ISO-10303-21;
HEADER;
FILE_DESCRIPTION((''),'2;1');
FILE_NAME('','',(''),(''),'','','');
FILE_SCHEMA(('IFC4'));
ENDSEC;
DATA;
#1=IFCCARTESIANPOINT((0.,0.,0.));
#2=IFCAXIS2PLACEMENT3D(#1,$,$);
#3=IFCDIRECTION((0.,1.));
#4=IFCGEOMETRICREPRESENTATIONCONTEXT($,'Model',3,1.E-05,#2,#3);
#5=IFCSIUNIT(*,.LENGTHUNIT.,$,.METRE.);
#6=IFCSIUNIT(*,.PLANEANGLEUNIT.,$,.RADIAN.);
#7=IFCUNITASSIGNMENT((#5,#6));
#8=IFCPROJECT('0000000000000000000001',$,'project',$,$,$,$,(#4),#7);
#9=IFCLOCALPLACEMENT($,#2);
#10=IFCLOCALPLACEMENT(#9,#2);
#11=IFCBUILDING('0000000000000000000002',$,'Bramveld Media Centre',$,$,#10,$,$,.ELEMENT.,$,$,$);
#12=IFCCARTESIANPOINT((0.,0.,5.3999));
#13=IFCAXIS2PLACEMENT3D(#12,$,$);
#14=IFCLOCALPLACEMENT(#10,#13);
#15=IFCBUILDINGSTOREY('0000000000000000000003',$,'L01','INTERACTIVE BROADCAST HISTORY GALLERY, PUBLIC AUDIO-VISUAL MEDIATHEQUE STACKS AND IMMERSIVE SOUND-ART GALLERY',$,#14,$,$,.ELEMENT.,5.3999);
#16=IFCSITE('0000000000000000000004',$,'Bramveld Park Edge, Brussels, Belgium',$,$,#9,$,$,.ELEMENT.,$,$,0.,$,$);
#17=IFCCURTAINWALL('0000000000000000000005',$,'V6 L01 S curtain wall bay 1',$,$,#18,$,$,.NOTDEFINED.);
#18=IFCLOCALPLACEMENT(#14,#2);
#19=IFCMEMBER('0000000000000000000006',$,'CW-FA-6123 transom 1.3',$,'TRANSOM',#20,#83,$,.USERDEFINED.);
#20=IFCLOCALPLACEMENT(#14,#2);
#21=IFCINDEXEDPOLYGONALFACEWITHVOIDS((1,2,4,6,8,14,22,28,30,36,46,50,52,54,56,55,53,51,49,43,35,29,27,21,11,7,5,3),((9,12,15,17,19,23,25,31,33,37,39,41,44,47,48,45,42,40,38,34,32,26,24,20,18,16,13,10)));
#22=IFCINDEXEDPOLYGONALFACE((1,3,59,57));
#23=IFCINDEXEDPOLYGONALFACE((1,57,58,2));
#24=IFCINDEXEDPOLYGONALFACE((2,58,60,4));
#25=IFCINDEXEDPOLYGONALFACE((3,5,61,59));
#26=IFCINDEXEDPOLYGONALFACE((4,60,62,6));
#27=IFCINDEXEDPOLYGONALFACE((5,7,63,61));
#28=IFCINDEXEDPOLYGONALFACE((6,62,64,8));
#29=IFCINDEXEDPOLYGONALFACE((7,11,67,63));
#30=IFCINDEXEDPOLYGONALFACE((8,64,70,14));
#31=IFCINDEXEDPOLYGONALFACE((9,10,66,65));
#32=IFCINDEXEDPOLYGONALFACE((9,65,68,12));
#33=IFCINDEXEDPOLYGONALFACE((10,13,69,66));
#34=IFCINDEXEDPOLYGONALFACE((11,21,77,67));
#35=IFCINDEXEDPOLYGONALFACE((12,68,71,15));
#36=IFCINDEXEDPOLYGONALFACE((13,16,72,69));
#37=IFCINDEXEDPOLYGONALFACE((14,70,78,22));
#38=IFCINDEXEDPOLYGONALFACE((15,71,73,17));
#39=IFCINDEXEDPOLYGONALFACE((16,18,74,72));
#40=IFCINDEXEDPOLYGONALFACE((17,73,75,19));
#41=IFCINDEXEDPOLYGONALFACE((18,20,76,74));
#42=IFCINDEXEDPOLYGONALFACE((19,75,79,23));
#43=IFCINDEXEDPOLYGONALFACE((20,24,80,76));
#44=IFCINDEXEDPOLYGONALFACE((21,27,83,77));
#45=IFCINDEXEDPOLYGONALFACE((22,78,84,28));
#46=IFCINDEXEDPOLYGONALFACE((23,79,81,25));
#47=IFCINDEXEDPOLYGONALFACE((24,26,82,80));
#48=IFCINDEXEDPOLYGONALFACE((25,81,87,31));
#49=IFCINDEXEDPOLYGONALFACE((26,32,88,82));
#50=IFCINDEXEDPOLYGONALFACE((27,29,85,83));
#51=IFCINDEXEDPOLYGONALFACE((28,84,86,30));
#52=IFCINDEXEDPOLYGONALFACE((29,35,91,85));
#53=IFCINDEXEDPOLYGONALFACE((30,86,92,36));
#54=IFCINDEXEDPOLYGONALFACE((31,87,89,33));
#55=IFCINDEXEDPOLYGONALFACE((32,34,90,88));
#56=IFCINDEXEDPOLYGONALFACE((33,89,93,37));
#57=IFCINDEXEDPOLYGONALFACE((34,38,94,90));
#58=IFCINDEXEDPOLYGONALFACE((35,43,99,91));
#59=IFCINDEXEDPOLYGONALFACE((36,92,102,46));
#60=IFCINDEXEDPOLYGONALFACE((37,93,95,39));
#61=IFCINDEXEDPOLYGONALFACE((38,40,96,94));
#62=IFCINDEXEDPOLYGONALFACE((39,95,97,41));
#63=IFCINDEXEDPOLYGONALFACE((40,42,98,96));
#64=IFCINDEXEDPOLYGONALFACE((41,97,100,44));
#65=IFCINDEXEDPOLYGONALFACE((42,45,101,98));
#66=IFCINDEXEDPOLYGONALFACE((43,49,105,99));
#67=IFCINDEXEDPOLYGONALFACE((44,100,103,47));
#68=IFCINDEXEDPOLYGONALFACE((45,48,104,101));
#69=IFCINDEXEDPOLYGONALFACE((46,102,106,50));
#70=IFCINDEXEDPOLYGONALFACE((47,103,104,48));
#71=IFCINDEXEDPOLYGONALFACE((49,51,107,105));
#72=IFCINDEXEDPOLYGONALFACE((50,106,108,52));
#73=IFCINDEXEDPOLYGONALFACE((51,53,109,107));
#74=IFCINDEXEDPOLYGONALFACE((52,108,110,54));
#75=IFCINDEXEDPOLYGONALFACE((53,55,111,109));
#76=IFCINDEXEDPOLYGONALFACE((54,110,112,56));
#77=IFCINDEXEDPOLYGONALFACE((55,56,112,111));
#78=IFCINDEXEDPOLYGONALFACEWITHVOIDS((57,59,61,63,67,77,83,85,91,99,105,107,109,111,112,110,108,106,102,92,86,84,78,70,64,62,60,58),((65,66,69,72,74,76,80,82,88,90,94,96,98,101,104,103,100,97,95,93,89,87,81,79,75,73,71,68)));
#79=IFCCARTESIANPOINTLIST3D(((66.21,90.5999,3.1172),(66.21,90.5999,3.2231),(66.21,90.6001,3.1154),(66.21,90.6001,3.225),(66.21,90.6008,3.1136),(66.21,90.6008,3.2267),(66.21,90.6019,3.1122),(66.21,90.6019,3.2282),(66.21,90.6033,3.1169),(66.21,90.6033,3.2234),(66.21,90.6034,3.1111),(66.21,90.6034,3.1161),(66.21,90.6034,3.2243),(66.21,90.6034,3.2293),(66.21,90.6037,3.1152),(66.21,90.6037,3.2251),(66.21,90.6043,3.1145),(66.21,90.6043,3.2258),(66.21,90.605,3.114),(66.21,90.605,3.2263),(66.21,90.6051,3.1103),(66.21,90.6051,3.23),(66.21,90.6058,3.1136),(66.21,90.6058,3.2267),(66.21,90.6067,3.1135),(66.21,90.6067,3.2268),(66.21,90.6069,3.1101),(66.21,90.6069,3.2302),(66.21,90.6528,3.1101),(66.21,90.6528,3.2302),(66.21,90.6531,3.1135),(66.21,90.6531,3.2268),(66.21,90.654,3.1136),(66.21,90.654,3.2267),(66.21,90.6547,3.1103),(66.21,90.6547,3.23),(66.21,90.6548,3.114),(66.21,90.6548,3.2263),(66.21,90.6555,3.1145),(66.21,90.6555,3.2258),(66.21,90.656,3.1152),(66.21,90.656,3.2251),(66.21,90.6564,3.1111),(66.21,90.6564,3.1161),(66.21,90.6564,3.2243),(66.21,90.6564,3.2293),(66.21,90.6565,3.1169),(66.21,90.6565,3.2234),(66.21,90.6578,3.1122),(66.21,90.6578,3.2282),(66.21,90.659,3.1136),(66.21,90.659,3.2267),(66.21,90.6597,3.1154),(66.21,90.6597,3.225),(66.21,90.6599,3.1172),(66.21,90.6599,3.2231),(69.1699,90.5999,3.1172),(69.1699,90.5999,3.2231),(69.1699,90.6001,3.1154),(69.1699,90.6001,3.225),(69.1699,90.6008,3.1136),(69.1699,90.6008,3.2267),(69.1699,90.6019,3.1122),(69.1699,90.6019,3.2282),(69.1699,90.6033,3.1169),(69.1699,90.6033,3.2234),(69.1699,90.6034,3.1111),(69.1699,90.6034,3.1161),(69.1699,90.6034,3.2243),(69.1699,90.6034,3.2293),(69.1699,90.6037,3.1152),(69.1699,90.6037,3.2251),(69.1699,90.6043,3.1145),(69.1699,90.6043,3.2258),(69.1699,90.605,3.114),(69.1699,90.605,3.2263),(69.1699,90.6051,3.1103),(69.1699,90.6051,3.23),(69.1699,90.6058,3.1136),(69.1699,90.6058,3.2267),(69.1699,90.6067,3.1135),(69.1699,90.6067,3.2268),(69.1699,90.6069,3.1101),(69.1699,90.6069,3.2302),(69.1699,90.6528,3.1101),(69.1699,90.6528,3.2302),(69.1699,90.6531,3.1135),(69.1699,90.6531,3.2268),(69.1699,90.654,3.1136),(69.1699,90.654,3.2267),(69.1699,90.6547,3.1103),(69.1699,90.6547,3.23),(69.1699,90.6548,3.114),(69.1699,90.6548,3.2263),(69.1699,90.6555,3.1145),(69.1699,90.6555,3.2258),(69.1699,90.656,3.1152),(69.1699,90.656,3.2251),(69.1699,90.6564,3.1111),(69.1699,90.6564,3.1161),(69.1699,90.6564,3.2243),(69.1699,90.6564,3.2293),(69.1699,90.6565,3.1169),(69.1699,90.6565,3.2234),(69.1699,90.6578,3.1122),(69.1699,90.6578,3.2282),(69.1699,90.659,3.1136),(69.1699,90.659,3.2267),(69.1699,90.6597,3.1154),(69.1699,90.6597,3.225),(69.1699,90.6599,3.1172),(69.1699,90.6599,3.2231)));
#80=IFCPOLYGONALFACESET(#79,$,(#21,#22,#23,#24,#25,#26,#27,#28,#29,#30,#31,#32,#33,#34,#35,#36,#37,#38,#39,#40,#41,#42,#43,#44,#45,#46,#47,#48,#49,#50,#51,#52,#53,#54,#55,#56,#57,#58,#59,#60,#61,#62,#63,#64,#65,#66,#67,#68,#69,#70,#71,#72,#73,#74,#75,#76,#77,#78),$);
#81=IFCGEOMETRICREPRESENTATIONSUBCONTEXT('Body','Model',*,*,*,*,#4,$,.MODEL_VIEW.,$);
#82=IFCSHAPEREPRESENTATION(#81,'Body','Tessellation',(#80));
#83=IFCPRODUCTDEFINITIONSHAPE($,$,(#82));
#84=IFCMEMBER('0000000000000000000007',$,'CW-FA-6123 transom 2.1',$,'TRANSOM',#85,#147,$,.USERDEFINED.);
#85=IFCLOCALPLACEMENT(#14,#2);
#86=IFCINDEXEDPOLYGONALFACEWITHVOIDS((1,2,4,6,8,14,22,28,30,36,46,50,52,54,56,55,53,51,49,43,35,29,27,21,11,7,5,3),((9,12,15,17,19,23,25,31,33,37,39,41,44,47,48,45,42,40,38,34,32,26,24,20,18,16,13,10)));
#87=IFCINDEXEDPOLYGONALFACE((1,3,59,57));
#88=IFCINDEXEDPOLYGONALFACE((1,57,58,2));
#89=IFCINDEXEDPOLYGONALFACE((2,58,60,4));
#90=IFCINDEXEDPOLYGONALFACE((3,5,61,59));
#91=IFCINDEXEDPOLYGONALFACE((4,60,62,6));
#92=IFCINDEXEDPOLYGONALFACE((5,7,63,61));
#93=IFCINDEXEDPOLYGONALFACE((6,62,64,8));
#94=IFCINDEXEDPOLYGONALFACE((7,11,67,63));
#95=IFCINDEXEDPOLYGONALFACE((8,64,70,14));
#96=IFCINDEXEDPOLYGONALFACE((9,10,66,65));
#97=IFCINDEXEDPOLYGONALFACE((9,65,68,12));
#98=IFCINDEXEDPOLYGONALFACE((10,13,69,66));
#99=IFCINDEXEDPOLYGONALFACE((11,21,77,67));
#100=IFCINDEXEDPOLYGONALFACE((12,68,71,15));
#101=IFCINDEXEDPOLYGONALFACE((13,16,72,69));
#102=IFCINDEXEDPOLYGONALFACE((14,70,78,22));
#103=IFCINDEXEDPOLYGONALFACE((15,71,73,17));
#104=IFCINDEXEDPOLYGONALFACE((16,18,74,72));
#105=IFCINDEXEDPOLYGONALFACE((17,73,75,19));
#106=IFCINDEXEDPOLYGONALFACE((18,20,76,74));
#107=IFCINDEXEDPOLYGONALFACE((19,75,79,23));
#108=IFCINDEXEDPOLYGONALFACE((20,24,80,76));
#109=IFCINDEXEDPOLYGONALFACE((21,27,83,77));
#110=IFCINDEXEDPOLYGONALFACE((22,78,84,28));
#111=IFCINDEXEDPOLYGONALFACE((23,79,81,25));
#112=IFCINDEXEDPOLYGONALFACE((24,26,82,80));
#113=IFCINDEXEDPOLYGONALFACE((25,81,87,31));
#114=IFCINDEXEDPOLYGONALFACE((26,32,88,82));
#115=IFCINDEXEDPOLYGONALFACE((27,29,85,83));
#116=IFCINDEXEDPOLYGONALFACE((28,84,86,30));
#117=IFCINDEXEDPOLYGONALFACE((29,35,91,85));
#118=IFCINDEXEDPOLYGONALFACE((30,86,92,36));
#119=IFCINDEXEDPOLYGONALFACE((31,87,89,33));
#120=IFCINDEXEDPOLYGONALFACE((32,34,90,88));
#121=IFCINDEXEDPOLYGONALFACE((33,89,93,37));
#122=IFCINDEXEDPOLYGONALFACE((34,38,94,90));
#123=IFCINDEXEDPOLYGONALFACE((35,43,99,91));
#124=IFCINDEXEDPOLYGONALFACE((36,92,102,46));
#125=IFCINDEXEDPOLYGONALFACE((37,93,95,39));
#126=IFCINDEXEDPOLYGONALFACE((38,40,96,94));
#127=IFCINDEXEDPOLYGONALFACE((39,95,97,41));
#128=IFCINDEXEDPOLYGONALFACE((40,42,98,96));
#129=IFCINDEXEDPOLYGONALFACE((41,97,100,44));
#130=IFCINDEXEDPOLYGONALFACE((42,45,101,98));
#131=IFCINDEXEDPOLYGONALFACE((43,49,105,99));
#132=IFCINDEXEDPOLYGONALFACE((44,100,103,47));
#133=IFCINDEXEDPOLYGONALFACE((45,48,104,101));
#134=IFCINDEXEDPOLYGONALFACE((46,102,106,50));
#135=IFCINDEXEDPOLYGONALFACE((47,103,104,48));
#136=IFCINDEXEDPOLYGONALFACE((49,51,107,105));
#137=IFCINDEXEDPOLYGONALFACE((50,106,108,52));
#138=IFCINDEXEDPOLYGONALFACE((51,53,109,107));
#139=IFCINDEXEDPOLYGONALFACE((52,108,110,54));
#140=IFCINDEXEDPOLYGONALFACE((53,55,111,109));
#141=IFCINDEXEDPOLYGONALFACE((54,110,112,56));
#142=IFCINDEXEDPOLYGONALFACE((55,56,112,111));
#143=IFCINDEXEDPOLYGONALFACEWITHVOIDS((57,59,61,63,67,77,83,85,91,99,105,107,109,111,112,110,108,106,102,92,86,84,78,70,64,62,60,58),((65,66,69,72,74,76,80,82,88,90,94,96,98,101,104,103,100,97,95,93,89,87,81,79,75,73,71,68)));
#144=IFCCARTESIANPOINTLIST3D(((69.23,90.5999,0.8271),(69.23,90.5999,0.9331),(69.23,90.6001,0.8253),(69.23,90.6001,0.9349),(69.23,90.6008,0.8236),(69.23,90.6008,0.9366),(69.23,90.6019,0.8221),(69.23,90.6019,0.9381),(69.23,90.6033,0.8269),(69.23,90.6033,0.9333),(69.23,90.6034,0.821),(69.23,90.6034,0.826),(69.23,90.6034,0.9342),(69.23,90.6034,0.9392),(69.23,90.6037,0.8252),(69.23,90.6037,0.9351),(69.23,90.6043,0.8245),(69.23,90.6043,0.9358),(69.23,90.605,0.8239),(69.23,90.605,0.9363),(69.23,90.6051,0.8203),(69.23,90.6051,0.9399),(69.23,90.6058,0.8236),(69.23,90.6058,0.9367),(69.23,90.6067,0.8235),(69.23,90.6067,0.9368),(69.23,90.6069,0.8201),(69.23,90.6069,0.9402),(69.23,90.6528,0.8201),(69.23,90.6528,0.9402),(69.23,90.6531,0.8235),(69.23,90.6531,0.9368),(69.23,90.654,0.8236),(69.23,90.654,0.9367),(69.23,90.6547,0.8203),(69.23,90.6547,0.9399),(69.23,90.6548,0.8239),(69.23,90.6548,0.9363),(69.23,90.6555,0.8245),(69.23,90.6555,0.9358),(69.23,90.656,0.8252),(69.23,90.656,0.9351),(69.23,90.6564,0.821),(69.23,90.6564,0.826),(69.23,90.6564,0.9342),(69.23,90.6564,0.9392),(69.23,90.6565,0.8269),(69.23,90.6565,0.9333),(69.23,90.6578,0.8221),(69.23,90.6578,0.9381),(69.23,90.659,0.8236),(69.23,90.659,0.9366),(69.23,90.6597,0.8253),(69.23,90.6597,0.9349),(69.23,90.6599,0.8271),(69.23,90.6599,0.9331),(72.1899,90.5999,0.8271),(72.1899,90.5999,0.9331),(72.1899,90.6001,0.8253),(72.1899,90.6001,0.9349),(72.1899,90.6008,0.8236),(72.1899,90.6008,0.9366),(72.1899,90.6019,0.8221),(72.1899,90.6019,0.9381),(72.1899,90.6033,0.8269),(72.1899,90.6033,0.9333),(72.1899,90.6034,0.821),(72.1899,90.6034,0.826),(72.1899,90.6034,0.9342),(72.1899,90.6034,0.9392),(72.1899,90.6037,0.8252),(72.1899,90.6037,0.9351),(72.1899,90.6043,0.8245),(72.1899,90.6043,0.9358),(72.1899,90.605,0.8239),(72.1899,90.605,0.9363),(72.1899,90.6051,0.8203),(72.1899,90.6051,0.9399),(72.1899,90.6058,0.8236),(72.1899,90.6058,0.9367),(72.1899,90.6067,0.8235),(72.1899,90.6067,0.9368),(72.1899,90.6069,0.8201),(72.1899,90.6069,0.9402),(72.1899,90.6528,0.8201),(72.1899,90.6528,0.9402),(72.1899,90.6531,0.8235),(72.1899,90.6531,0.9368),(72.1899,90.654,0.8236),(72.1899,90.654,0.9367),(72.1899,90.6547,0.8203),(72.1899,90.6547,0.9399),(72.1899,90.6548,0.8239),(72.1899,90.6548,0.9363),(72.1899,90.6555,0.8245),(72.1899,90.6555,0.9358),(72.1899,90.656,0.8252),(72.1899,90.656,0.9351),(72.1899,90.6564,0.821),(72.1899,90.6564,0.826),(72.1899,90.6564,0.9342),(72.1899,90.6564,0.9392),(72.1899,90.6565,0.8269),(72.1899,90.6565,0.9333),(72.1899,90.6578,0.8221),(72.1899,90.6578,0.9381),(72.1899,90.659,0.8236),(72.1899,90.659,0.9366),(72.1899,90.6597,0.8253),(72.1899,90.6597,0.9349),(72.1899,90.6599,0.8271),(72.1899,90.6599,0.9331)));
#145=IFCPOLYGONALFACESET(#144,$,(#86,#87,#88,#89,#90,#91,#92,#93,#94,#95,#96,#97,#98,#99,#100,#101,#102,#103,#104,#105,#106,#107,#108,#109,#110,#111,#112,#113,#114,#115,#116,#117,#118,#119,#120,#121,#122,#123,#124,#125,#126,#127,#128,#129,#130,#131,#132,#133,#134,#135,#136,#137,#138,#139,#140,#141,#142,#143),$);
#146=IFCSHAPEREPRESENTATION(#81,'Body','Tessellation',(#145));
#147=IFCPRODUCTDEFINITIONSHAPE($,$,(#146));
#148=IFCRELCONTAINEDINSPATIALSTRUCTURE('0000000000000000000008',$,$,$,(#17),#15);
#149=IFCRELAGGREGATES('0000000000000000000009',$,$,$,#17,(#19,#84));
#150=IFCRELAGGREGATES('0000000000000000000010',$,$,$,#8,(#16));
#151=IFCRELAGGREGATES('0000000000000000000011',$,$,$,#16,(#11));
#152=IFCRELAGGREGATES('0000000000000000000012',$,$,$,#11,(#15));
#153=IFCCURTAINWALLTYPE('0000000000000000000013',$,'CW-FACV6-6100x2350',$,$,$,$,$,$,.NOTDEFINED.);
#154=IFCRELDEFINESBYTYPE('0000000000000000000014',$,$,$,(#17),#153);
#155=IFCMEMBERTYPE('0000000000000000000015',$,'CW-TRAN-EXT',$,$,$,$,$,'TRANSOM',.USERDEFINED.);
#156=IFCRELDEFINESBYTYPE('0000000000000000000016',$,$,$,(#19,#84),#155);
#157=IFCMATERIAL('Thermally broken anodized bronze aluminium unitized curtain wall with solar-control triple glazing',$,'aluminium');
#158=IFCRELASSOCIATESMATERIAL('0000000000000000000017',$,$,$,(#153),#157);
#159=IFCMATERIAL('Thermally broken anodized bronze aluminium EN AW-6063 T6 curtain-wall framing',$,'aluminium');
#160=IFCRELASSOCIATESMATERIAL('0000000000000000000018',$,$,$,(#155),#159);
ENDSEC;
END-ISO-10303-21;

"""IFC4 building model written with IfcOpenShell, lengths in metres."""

from ifc_helpers import new_model, si_unit, direction, frame, origin, origin_2d, place, context, subcontext, project, spatial, hollow_rectangle, extrude, material, material_profile, profile_set, type_object, element, aggregate, save


model = new_model("IFC4")

# Units and contexts
model_context = context("Model", 3, precision=1e-05, world=origin(), true_north=direction((0.0, 1.0)))
body_context = subcontext(model_context, "Body", "Model", "MODEL_VIEW")
ifc_project = project(units=[si_unit("LENGTHUNIT", "METRE"), si_unit("PLANEANGLEUNIT", "RADIAN")], contexts=[model_context])

# Site, building, storey
site_placement = place(None, origin())
site = spatial("IfcSite", under=ifc_project, at=site_placement, Name="Bramveld Park Edge, Brussels, Belgium", CompositionType="ELEMENT", RefElevation=0.0)
building_placement = place(site_placement, origin())
building = spatial("IfcBuilding", under=site, at=building_placement, Name="Bramveld Media Centre", CompositionType="ELEMENT")
storey_placement = place(building_placement, frame((0.0, 0.0, 5.3999)))
storey = spatial("IfcBuildingStorey", under=building, at=storey_placement, Name="L01", Description="INTERACTIVE BROADCAST HISTORY GALLERY, PUBLIC AUDIO-VISUAL MEDIATHEQUE STACKS AND IMMERSIVE SOUND-ART GALLERY", CompositionType="ELEMENT", Elevation=5.3999)

# Curtain wall, members
ifc_material_1 = material(Name="Thermally broken anodized bronze aluminium unitized curtain wall with solar-control triple glazing", Category="aluminium")
curtain_wall_type = type_object("IfcCurtainWallType", Name="CW-FACV6-6100x2350", PredefinedType="NOTDEFINED", material=ifc_material_1)
curtain_wall_placement = place(storey_placement, origin())
curtain_wall = element("IfcCurtainWall", 1, at=curtain_wall_placement, inside=storey, type_object=curtain_wall_type, Name="V6 L01 S curtain wall bay 1", PredefinedType="NOTDEFINED")
ifc_material_2 = material(Name="Thermally broken anodized bronze aluminium EN AW-6063 T6 curtain-wall framing", Category="aluminium")
ifc_material_profile_1 = material_profile(ifc_material_2, hollow_rectangle(XDim=0.0601, YDim=0.1201, WallThickness=0.0034, InnerFilletRadius=0.0034, OuterFilletRadius=0.0071, at=origin_2d()), Name="AL-TRAN 60x120")
ifc_profile_set_1 = profile_set([ifc_material_profile_1], Name="Thermally broken anodized bronze aluminium EN AW-6063 T6 curtain-wall framing")
member_type_1 = type_object("IfcMemberType", Name="CW-TRAN-EXT", ElementType="TRANSOM", PredefinedType="USERDEFINED", material=ifc_profile_set_1)
member_1_placement = place(storey_placement, frame((66.21, 90.6299, 3.1702), z_axis=(1.0, 0.0, 0.0), x_axis=(0.0, 1.0, 0.0)))
member_1 = element("IfcMember", 2, at=member_1_placement, type_object=member_type_1, Name="CW-FA-6123 transom 1.3", ObjectType="TRANSOM", PredefinedType="USERDEFINED", context=body_context, shape_type="SweptSolid", body=[
    extrude(hollow_rectangle(XDim=0.0601, YDim=0.1201, WallThickness=0.0034, InnerFilletRadius=0.0034, OuterFilletRadius=0.0071, at=origin_2d()), origin(), (0.0, 0.0, 1.0), 2.96),
])
member_2_placement = place(storey_placement, frame((69.23, 90.6299, 0.8801), z_axis=(1.0, 0.0, 0.0), x_axis=(0.0, 1.0, 0.0)))
member_2 = element("IfcMember", 3, at=member_2_placement, type_object=member_type_1, Name="CW-FA-6123 transom 2.1", ObjectType="TRANSOM", PredefinedType="USERDEFINED", context=body_context, shape_type="SweptSolid", body=[
    extrude(hollow_rectangle(XDim=0.0601, YDim=0.1201, WallThickness=0.0034, InnerFilletRadius=0.0034, OuterFilletRadius=0.0071, at=origin_2d()), origin(), (0.0, 0.0, 1.0), 2.96),
])

aggregate(curtain_wall, [member_1, member_2])

save(model, "model.ifc")
